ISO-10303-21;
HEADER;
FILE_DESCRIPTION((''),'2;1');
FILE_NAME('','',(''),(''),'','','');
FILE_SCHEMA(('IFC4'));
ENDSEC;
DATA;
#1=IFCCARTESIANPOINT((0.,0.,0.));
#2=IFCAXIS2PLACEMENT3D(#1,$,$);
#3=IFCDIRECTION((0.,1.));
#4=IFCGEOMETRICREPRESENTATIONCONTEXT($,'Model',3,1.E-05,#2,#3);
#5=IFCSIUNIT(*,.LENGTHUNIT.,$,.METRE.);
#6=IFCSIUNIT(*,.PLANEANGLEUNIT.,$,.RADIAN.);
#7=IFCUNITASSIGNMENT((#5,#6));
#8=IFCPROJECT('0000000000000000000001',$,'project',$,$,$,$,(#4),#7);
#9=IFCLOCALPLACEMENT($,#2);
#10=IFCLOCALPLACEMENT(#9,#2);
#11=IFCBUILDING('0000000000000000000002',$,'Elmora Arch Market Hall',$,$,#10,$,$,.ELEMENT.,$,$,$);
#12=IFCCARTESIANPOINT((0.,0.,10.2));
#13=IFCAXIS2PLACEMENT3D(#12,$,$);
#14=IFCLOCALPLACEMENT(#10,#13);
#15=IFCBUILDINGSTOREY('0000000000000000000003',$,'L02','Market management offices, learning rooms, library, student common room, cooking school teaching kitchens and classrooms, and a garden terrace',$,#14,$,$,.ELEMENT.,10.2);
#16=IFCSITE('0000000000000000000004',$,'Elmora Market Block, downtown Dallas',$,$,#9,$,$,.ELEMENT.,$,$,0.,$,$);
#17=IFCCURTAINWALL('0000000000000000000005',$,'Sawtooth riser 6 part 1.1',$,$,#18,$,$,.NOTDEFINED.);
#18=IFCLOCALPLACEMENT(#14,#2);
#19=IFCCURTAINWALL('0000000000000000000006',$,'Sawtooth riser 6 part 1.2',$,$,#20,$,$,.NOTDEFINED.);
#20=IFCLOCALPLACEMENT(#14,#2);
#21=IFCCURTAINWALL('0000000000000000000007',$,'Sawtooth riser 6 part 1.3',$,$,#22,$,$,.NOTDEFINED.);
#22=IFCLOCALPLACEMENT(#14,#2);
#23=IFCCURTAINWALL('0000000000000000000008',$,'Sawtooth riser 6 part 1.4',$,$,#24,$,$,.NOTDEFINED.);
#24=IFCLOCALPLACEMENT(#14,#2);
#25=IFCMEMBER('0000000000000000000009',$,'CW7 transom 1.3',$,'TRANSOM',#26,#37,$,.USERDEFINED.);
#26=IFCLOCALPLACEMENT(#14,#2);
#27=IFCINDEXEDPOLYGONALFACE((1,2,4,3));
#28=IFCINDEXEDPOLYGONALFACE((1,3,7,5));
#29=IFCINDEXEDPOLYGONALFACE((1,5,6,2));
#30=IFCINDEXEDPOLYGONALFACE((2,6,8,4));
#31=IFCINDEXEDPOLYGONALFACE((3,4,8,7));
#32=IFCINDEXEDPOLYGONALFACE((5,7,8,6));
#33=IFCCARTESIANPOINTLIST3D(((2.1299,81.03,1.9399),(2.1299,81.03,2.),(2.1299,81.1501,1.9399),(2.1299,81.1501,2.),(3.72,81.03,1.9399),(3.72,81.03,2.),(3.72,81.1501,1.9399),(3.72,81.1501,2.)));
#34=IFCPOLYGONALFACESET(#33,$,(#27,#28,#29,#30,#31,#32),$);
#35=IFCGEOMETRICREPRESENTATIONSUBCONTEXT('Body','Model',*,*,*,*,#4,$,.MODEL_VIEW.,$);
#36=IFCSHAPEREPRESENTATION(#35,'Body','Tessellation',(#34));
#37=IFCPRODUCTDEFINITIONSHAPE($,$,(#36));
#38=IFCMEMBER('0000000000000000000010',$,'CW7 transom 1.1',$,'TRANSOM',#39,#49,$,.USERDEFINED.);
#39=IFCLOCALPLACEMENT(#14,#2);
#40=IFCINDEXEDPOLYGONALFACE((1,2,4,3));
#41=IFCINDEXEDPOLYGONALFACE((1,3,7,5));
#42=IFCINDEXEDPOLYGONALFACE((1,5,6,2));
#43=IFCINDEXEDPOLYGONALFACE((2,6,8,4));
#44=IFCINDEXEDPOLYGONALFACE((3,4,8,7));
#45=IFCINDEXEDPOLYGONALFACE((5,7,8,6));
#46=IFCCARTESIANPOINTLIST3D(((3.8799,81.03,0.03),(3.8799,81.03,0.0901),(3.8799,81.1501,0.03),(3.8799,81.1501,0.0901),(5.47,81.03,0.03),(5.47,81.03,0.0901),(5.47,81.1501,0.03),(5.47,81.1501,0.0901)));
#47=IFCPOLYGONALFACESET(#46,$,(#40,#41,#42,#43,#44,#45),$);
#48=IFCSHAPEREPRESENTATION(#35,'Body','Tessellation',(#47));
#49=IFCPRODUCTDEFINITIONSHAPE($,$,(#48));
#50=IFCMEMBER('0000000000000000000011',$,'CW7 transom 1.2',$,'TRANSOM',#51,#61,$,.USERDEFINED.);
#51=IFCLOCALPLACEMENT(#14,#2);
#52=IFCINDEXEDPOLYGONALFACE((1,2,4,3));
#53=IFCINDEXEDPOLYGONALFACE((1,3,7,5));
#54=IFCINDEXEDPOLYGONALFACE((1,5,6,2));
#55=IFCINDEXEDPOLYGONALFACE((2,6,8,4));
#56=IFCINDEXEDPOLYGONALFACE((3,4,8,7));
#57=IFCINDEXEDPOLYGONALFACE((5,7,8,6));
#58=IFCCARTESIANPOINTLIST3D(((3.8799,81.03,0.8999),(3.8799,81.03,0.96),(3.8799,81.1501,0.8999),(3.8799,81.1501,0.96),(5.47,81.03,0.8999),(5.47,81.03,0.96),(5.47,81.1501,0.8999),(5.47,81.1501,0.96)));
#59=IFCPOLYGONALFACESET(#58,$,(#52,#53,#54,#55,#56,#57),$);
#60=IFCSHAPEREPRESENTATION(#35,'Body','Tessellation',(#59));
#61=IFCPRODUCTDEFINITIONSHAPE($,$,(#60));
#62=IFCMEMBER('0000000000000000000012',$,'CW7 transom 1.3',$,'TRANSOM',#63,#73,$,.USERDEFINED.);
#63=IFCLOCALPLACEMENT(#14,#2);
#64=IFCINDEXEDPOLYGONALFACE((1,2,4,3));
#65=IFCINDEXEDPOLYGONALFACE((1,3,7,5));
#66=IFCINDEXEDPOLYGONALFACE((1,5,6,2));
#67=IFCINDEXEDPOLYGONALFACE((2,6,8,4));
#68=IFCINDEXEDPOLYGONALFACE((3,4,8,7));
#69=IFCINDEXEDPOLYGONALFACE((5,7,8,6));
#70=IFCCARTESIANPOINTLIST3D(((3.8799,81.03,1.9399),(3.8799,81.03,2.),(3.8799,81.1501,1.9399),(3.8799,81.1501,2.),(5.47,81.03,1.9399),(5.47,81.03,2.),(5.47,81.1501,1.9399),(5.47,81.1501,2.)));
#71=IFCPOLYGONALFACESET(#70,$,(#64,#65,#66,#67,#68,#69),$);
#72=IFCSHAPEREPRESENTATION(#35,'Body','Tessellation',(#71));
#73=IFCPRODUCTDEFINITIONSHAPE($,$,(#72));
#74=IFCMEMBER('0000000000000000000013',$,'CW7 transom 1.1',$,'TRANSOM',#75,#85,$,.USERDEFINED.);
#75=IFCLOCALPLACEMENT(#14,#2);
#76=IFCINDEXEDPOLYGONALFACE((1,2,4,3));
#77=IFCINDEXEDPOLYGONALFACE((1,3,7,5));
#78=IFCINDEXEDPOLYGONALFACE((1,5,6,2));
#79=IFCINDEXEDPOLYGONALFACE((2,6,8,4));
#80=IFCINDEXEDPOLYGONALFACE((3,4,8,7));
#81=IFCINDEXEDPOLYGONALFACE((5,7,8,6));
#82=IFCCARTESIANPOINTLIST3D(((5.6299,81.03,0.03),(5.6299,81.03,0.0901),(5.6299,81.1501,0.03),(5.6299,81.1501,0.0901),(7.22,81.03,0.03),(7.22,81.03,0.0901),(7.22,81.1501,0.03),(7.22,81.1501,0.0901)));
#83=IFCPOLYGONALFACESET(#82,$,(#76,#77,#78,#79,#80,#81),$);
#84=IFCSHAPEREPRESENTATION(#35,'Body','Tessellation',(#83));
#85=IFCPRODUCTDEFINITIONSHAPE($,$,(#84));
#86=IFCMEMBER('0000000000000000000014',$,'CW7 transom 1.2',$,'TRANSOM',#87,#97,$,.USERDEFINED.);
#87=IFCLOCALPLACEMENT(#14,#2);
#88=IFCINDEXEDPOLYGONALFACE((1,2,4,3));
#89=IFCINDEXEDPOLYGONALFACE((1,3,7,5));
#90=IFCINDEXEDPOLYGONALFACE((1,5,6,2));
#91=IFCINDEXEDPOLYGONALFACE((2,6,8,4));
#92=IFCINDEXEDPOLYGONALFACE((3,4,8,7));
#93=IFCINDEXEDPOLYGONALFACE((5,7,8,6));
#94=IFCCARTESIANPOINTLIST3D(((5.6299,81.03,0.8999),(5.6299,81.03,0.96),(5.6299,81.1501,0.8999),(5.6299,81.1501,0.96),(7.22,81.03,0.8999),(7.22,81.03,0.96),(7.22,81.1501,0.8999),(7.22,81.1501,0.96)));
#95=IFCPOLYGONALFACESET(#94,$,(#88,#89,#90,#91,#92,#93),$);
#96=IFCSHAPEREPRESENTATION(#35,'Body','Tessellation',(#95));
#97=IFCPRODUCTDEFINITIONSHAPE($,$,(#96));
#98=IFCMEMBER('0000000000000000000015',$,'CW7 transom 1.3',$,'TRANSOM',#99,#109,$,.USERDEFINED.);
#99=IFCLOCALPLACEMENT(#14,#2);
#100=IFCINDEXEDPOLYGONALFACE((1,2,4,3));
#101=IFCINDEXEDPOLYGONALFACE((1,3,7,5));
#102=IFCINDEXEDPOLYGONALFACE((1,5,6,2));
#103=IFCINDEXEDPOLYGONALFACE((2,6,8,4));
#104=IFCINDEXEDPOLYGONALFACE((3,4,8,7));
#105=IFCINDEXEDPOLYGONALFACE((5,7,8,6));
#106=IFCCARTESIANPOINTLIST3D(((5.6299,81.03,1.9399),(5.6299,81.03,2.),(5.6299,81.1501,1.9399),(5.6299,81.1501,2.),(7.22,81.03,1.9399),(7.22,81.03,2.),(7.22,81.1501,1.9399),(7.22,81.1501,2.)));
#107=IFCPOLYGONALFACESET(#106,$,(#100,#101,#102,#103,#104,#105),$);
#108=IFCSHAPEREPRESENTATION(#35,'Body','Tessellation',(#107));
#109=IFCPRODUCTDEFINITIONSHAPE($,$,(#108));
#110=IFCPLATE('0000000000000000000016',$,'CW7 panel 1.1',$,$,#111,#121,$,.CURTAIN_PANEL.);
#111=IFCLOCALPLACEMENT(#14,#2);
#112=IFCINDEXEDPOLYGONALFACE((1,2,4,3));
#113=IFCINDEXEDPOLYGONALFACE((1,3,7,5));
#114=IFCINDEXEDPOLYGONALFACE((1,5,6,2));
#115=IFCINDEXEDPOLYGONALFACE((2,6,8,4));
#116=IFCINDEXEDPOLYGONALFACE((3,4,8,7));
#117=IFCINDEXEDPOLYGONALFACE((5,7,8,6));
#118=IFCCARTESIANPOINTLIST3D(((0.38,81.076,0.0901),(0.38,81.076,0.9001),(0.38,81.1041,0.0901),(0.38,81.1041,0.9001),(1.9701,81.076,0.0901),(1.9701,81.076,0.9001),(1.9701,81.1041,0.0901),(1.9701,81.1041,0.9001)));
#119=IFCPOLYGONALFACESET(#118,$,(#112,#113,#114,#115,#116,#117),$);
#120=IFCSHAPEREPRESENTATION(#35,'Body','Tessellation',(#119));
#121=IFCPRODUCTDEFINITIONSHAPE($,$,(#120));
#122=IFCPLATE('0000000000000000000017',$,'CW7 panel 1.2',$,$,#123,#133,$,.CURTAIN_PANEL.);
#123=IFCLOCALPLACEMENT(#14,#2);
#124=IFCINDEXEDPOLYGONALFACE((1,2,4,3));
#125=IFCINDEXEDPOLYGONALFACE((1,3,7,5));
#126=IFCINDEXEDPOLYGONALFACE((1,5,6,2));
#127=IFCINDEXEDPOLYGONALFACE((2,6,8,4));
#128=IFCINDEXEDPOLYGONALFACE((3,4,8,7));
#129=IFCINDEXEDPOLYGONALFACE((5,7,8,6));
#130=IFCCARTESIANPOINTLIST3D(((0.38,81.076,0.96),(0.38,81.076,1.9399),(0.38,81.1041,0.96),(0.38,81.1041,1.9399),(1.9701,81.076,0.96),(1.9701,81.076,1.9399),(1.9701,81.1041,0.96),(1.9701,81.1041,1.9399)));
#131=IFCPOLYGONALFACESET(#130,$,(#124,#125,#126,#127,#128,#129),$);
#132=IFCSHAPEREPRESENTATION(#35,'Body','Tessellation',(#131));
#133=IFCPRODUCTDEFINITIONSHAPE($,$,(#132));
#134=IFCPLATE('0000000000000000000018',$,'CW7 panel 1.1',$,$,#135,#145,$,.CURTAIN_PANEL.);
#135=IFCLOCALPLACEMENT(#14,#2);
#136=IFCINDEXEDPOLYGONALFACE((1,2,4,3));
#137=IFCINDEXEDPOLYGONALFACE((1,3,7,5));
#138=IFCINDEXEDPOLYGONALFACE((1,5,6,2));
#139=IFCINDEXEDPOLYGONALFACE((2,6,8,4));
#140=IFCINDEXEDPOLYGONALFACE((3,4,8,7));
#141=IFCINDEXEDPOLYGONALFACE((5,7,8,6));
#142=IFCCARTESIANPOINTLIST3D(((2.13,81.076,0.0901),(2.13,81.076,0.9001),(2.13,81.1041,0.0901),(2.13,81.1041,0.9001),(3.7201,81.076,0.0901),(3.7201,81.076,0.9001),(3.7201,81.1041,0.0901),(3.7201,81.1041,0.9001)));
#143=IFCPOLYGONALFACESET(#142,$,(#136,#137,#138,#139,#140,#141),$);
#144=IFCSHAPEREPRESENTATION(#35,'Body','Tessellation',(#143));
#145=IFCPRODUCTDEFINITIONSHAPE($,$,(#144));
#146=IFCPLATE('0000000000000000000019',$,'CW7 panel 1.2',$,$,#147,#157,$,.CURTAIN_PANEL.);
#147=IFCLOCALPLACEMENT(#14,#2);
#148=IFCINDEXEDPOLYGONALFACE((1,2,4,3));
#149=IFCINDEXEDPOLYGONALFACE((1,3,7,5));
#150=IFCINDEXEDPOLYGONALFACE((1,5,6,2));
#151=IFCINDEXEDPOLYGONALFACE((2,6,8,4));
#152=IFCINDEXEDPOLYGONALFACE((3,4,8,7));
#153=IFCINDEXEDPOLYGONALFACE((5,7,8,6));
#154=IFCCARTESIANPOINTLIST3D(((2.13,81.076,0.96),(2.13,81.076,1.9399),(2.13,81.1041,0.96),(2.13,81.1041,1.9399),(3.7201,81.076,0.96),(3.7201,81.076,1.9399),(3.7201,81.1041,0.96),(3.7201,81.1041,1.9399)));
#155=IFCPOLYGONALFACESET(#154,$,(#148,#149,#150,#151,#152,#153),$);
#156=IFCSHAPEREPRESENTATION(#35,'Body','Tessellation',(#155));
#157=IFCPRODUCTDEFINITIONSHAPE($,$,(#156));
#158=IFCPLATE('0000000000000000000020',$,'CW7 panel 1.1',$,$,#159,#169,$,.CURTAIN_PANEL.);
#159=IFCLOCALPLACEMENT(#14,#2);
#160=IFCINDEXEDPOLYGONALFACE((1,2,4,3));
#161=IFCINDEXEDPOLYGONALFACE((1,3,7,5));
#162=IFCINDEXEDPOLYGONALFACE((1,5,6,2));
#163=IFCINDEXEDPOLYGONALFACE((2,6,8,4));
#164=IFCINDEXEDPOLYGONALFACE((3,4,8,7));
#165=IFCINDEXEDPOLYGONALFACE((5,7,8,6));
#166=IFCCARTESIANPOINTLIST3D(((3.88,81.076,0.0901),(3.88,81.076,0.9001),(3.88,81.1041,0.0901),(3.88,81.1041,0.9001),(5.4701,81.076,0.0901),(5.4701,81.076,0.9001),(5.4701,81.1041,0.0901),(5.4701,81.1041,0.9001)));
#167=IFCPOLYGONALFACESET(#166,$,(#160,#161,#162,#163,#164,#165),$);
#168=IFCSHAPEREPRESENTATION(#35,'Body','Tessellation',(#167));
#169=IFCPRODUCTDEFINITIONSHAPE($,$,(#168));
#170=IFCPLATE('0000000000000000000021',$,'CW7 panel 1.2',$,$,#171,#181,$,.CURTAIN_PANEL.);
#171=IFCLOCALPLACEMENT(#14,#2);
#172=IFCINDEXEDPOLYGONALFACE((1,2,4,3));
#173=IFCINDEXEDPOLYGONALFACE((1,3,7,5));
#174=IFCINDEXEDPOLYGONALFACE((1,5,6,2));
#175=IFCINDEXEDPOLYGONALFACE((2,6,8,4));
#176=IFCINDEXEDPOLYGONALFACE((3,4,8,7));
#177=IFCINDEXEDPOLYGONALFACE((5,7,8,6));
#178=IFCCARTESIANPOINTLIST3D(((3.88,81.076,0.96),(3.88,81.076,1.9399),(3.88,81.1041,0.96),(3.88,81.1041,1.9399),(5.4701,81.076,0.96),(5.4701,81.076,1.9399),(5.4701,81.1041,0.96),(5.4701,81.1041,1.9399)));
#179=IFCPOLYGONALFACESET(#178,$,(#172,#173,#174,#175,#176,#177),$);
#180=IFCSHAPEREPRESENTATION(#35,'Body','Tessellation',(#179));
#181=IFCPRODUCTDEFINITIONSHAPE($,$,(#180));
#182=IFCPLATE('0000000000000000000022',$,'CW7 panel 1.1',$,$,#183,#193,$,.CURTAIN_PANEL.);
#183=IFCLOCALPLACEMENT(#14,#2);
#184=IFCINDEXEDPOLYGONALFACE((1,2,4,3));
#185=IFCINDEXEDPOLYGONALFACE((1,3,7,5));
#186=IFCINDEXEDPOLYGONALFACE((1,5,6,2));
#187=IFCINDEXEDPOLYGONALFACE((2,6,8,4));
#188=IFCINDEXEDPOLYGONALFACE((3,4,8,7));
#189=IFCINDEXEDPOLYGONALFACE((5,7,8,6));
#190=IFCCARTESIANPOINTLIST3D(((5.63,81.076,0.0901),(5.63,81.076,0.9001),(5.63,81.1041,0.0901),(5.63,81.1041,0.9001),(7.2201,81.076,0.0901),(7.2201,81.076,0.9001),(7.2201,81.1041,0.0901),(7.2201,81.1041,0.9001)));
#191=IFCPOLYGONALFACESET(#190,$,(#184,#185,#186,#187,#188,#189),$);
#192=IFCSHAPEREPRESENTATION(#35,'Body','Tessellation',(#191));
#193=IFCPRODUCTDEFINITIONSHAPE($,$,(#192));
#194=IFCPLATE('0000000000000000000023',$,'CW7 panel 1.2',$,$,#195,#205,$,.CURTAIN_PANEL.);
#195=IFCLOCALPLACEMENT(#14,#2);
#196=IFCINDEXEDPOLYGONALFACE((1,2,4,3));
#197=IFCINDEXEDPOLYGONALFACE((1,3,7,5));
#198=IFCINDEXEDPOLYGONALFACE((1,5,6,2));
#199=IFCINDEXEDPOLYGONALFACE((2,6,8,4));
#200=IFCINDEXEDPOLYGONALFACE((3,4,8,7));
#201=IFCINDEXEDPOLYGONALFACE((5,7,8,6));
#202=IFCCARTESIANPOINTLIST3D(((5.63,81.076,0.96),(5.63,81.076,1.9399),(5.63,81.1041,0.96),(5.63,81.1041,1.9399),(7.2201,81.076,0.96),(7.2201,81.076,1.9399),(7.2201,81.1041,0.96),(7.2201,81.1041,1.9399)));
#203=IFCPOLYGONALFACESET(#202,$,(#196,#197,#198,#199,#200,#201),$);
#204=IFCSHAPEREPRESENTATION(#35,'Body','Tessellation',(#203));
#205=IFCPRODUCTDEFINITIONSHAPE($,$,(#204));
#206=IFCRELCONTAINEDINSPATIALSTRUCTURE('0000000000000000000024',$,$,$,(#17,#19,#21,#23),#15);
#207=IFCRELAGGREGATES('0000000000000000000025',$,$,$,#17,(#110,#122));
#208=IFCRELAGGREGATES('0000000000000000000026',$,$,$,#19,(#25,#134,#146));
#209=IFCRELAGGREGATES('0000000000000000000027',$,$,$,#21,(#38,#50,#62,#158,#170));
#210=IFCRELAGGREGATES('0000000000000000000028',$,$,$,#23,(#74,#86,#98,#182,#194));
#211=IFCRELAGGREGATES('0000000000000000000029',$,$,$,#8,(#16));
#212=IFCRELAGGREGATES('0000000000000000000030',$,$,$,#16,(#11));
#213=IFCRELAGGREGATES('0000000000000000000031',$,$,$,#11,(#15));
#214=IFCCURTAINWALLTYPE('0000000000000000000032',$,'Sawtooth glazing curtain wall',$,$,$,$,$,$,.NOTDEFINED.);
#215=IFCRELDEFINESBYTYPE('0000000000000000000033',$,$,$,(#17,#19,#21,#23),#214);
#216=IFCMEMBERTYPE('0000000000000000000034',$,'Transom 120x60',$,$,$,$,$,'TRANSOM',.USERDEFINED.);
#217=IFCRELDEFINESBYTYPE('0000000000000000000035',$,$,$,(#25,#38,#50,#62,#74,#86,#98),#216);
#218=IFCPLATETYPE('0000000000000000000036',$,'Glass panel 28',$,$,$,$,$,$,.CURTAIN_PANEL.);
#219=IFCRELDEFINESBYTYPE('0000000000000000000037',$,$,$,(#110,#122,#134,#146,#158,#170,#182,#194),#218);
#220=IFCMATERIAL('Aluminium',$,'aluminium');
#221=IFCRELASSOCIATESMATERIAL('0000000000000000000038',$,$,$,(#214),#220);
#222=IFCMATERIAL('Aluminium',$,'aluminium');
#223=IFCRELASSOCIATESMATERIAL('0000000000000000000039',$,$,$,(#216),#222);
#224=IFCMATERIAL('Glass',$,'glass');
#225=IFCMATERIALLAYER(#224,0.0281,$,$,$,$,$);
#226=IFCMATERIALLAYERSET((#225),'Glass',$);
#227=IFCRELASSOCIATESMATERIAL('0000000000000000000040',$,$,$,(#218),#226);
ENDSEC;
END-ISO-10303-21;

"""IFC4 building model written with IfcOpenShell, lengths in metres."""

from ifc_helpers import new_model, si_unit, direction, frame, origin, origin_2d, place, context, subcontext, project, spatial, rectangle, extrude, material, layer, layer_set, material_profile, profile_set, type_object, element, aggregate, save


model = new_model("IFC4")

# Units and contexts
model_context = context("Model", 3, precision=1e-05, world=origin(), true_north=direction((0.0, 1.0)))
body_context = subcontext(model_context, "Body", "Model", "MODEL_VIEW")
ifc_project = project(units=[si_unit("LENGTHUNIT", "METRE"), si_unit("PLANEANGLEUNIT", "RADIAN")], contexts=[model_context])

# Site, building, storey
site_placement = place(None, origin())
site = spatial("IfcSite", under=ifc_project, at=site_placement, Name="Elmora Market Block, downtown Dallas", CompositionType="ELEMENT", RefElevation=0.0)
building_placement = place(site_placement, origin())
building = spatial("IfcBuilding", under=site, at=building_placement, Name="Elmora Arch Market Hall", CompositionType="ELEMENT")
storey_placement = place(building_placement, frame((0.0, 0.0, 10.2)))
storey = spatial("IfcBuildingStorey", under=building, at=storey_placement, Name="L02", Description="Market management offices, learning rooms, library, student common room, cooking school teaching kitchens and classrooms, and a garden terrace", CompositionType="ELEMENT", Elevation=10.2)

# Curtain walls
ifc_material_1 = material(Name="Aluminium", Category="aluminium")
curtain_wall_type = type_object("IfcCurtainWallType", Name="Sawtooth glazing curtain wall", PredefinedType="NOTDEFINED", material=ifc_material_1)
curtain_wall_1_placement = place(storey_placement, origin())
curtain_wall_1 = element("IfcCurtainWall", 1, at=curtain_wall_1_placement, inside=storey, type_object=curtain_wall_type, Name="Sawtooth riser 6 part 1.1", PredefinedType="NOTDEFINED")
curtain_wall_2_placement = place(storey_placement, origin())
curtain_wall_2 = element("IfcCurtainWall", 2, at=curtain_wall_2_placement, inside=storey, type_object=curtain_wall_type, Name="Sawtooth riser 6 part 1.2", PredefinedType="NOTDEFINED")
curtain_wall_3_placement = place(storey_placement, origin())
curtain_wall_3 = element("IfcCurtainWall", 3, at=curtain_wall_3_placement, inside=storey, type_object=curtain_wall_type, Name="Sawtooth riser 6 part 1.3", PredefinedType="NOTDEFINED")

# Curtain wall
curtain_wall_4_placement = place(storey_placement, origin())
curtain_wall_4 = element("IfcCurtainWall", 4, at=curtain_wall_4_placement, inside=storey, type_object=curtain_wall_type, Name="Sawtooth riser 6 part 1.4", PredefinedType="NOTDEFINED")

# Members
ifc_material_2 = material(Name="Aluminium", Category="aluminium")
ifc_material_profile_1 = material_profile(ifc_material_2, rectangle(XDim=0.1201, YDim=0.0601, at=origin_2d()), Name="AL 120x60")
ifc_profile_set_1 = profile_set([ifc_material_profile_1], Name="Aluminium")
member_type_1 = type_object("IfcMemberType", Name="Transom 120x60", ElementType="TRANSOM", PredefinedType="USERDEFINED", material=ifc_profile_set_1)
member_1_placement = place(storey_placement, frame((2.1299, 81.0901, 1.97), z_axis=(1.0, 0.0, 0.0), x_axis=(0.0, 1.0, 0.0)))
member_1 = element("IfcMember", 5, at=member_1_placement, type_object=member_type_1, Name="CW7 transom 1.3", ObjectType="TRANSOM", PredefinedType="USERDEFINED", context=body_context, shape_type="SweptSolid", body=[
    extrude(rectangle(XDim=0.1201, YDim=0.0601, at=origin_2d()), origin(), (0.0, 0.0, 1.0), 1.5901),
])
member_2_placement = place(storey_placement, frame((3.8799, 81.0901, 0.0601), z_axis=(1.0, 0.0, 0.0), x_axis=(0.0, 1.0, 0.0)))
member_2 = element("IfcMember", 6, at=member_2_placement, type_object=member_type_1, Name="CW7 transom 1.1", ObjectType="TRANSOM", PredefinedType="USERDEFINED", context=body_context, shape_type="SweptSolid", body=[
    extrude(rectangle(XDim=0.1201, YDim=0.0601, at=origin_2d()), origin(), (0.0, 0.0, 1.0), 1.5901),
])
member_3_placement = place(storey_placement, frame((3.8799, 81.0901, 0.9299), z_axis=(1.0, 0.0, 0.0), x_axis=(0.0, 1.0, 0.0)))
member_3 = element("IfcMember", 7, at=member_3_placement, type_object=member_type_1, Name="CW7 transom 1.2", ObjectType="TRANSOM", PredefinedType="USERDEFINED", context=body_context, shape_type="SweptSolid", body=[
    extrude(rectangle(XDim=0.1201, YDim=0.0601, at=origin_2d()), origin(), (0.0, 0.0, 1.0), 1.5901),
])
member_4_placement = place(storey_placement, frame((3.8799, 81.0901, 1.97), z_axis=(1.0, 0.0, 0.0), x_axis=(0.0, 1.0, 0.0)))
member_4 = element("IfcMember", 8, at=member_4_placement, type_object=member_type_1, Name="CW7 transom 1.3", ObjectType="TRANSOM", PredefinedType="USERDEFINED", context=body_context, shape_type="SweptSolid", body=[
    extrude(rectangle(XDim=0.1201, YDim=0.0601, at=origin_2d()), origin(), (0.0, 0.0, 1.0), 1.5901),
])
member_5_placement = place(storey_placement, frame((5.6299, 81.0901, 0.0601), z_axis=(1.0, 0.0, 0.0), x_axis=(0.0, 1.0, 0.0)))
member_5 = element("IfcMember", 9, at=member_5_placement, type_object=member_type_1, Name="CW7 transom 1.1", ObjectType="TRANSOM", PredefinedType="USERDEFINED", context=body_context, shape_type="SweptSolid", body=[
    extrude(rectangle(XDim=0.1201, YDim=0.0601, at=origin_2d()), origin(), (0.0, 0.0, 1.0), 1.5901),
])
member_6_placement = place(storey_placement, frame((5.6299, 81.0901, 0.9299), z_axis=(1.0, 0.0, 0.0), x_axis=(0.0, 1.0, 0.0)))
member_6 = element("IfcMember", 10, at=member_6_placement, type_object=member_type_1, Name="CW7 transom 1.2", ObjectType="TRANSOM", PredefinedType="USERDEFINED", context=body_context, shape_type="SweptSolid", body=[
    extrude(rectangle(XDim=0.1201, YDim=0.0601, at=origin_2d()), origin(), (0.0, 0.0, 1.0), 1.5901),
])
member_7_placement = place(storey_placement, frame((5.6299, 81.0901, 1.97), z_axis=(1.0, 0.0, 0.0), x_axis=(0.0, 1.0, 0.0)))
member_7 = element("IfcMember", 11, at=member_7_placement, type_object=member_type_1, Name="CW7 transom 1.3", ObjectType="TRANSOM", PredefinedType="USERDEFINED", context=body_context, shape_type="SweptSolid", body=[
    extrude(rectangle(XDim=0.1201, YDim=0.0601, at=origin_2d()), origin(), (0.0, 0.0, 1.0), 1.5901),
])

# Plates
ifc_material_3 = material(Name="Glass", Category="glass")
ifc_layer_1 = layer(ifc_material_3, 0.0281)
ifc_layer_set_1 = layer_set([ifc_layer_1], Name="Glass")
plate_type = type_object("IfcPlateType", Name="Glass panel 28", PredefinedType="CURTAIN_PANEL", material=ifc_layer_set_1)
plate_1_placement = place(storey_placement, frame((1.175, 81.0901, 0.0901), z_axis=(0.0, 0.0, 1.0), x_axis=(1.0, 0.0, 0.0)))
plate_1 = element("IfcPlate", 12, at=plate_1_placement, type_object=plate_type, Name="CW7 panel 1.1", PredefinedType="CURTAIN_PANEL", context=body_context, shape_type="SweptSolid", body=[
    extrude(rectangle(XDim=1.5901, YDim=0.0281, at=origin_2d()), origin(), (0.0, 0.0, 1.0), 0.8101),
])
plate_2_placement = place(storey_placement, frame((1.175, 81.0901, 0.96), z_axis=(0.0, 0.0, 1.0), x_axis=(1.0, 0.0, 0.0)))
plate_2 = element("IfcPlate", 13, at=plate_2_placement, type_object=plate_type, Name="CW7 panel 1.2", PredefinedType="CURTAIN_PANEL", context=body_context, shape_type="SweptSolid", body=[
    extrude(rectangle(XDim=1.5901, YDim=0.0281, at=origin_2d()), origin(), (0.0, 0.0, 1.0), 0.98),
])
aggregate(curtain_wall_1, [plate_1, plate_2])
plate_3_placement = place(storey_placement, frame((2.925, 81.0901, 0.0901), z_axis=(0.0, 0.0, 1.0), x_axis=(1.0, 0.0, 0.0)))
plate_3 = element("IfcPlate", 14, at=plate_3_placement, type_object=plate_type, Name="CW7 panel 1.1", PredefinedType="CURTAIN_PANEL", context=body_context, shape_type="SweptSolid", body=[
    extrude(rectangle(XDim=1.5901, YDim=0.0281, at=origin_2d()), origin(), (0.0, 0.0, 1.0), 0.8101),
])
plate_4_placement = place(storey_placement, frame((2.925, 81.0901, 0.96), z_axis=(0.0, 0.0, 1.0), x_axis=(1.0, 0.0, 0.0)))
plate_4 = element("IfcPlate", 15, at=plate_4_placement, type_object=plate_type, Name="CW7 panel 1.2", PredefinedType="CURTAIN_PANEL", context=body_context, shape_type="SweptSolid", body=[
    extrude(rectangle(XDim=1.5901, YDim=0.0281, at=origin_2d()), origin(), (0.0, 0.0, 1.0), 0.98),
])
aggregate(curtain_wall_2, [member_1, plate_3, plate_4])
plate_5_placement = place(storey_placement, frame((4.675, 81.0901, 0.0901), z_axis=(0.0, 0.0, 1.0), x_axis=(1.0, 0.0, 0.0)))
plate_5 = element("IfcPlate", 16, at=plate_5_placement, type_object=plate_type, Name="CW7 panel 1.1", PredefinedType="CURTAIN_PANEL", context=body_context, shape_type="SweptSolid", body=[
    extrude(rectangle(XDim=1.5901, YDim=0.0281, at=origin_2d()), origin(), (0.0, 0.0, 1.0), 0.8101),
])
plate_6_placement = place(storey_placement, frame((4.675, 81.0901, 0.96), z_axis=(0.0, 0.0, 1.0), x_axis=(1.0, 0.0, 0.0)))
plate_6 = element("IfcPlate", 17, at=plate_6_placement, type_object=plate_type, Name="CW7 panel 1.2", PredefinedType="CURTAIN_PANEL", context=body_context, shape_type="SweptSolid", body=[
    extrude(rectangle(XDim=1.5901, YDim=0.0281, at=origin_2d()), origin(), (0.0, 0.0, 1.0), 0.98),
])
aggregate(curtain_wall_3, [member_2, member_3, member_4, plate_5, plate_6])
plate_7_placement = place(storey_placement, frame((6.425, 81.0901, 0.0901), z_axis=(0.0, 0.0, 1.0), x_axis=(1.0, 0.0, 0.0)))
plate_7 = element("IfcPlate", 18, at=plate_7_placement, type_object=plate_type, Name="CW7 panel 1.1", PredefinedType="CURTAIN_PANEL", context=body_context, shape_type="SweptSolid", body=[
    extrude(rectangle(XDim=1.5901, YDim=0.0281, at=origin_2d()), origin(), (0.0, 0.0, 1.0), 0.8101),
])
plate_8_placement = place(storey_placement, frame((6.425, 81.0901, 0.96), z_axis=(0.0, 0.0, 1.0), x_axis=(1.0, 0.0, 0.0)))
plate_8 = element("IfcPlate", 19, at=plate_8_placement, type_object=plate_type, Name="CW7 panel 1.2", PredefinedType="CURTAIN_PANEL", context=body_context, shape_type="SweptSolid", body=[
    extrude(rectangle(XDim=1.5901, YDim=0.0281, at=origin_2d()), origin(), (0.0, 0.0, 1.0), 0.98),
])
aggregate(curtain_wall_4, [member_5, member_6, member_7, plate_7, plate_8])

save(model, "model.ifc")
